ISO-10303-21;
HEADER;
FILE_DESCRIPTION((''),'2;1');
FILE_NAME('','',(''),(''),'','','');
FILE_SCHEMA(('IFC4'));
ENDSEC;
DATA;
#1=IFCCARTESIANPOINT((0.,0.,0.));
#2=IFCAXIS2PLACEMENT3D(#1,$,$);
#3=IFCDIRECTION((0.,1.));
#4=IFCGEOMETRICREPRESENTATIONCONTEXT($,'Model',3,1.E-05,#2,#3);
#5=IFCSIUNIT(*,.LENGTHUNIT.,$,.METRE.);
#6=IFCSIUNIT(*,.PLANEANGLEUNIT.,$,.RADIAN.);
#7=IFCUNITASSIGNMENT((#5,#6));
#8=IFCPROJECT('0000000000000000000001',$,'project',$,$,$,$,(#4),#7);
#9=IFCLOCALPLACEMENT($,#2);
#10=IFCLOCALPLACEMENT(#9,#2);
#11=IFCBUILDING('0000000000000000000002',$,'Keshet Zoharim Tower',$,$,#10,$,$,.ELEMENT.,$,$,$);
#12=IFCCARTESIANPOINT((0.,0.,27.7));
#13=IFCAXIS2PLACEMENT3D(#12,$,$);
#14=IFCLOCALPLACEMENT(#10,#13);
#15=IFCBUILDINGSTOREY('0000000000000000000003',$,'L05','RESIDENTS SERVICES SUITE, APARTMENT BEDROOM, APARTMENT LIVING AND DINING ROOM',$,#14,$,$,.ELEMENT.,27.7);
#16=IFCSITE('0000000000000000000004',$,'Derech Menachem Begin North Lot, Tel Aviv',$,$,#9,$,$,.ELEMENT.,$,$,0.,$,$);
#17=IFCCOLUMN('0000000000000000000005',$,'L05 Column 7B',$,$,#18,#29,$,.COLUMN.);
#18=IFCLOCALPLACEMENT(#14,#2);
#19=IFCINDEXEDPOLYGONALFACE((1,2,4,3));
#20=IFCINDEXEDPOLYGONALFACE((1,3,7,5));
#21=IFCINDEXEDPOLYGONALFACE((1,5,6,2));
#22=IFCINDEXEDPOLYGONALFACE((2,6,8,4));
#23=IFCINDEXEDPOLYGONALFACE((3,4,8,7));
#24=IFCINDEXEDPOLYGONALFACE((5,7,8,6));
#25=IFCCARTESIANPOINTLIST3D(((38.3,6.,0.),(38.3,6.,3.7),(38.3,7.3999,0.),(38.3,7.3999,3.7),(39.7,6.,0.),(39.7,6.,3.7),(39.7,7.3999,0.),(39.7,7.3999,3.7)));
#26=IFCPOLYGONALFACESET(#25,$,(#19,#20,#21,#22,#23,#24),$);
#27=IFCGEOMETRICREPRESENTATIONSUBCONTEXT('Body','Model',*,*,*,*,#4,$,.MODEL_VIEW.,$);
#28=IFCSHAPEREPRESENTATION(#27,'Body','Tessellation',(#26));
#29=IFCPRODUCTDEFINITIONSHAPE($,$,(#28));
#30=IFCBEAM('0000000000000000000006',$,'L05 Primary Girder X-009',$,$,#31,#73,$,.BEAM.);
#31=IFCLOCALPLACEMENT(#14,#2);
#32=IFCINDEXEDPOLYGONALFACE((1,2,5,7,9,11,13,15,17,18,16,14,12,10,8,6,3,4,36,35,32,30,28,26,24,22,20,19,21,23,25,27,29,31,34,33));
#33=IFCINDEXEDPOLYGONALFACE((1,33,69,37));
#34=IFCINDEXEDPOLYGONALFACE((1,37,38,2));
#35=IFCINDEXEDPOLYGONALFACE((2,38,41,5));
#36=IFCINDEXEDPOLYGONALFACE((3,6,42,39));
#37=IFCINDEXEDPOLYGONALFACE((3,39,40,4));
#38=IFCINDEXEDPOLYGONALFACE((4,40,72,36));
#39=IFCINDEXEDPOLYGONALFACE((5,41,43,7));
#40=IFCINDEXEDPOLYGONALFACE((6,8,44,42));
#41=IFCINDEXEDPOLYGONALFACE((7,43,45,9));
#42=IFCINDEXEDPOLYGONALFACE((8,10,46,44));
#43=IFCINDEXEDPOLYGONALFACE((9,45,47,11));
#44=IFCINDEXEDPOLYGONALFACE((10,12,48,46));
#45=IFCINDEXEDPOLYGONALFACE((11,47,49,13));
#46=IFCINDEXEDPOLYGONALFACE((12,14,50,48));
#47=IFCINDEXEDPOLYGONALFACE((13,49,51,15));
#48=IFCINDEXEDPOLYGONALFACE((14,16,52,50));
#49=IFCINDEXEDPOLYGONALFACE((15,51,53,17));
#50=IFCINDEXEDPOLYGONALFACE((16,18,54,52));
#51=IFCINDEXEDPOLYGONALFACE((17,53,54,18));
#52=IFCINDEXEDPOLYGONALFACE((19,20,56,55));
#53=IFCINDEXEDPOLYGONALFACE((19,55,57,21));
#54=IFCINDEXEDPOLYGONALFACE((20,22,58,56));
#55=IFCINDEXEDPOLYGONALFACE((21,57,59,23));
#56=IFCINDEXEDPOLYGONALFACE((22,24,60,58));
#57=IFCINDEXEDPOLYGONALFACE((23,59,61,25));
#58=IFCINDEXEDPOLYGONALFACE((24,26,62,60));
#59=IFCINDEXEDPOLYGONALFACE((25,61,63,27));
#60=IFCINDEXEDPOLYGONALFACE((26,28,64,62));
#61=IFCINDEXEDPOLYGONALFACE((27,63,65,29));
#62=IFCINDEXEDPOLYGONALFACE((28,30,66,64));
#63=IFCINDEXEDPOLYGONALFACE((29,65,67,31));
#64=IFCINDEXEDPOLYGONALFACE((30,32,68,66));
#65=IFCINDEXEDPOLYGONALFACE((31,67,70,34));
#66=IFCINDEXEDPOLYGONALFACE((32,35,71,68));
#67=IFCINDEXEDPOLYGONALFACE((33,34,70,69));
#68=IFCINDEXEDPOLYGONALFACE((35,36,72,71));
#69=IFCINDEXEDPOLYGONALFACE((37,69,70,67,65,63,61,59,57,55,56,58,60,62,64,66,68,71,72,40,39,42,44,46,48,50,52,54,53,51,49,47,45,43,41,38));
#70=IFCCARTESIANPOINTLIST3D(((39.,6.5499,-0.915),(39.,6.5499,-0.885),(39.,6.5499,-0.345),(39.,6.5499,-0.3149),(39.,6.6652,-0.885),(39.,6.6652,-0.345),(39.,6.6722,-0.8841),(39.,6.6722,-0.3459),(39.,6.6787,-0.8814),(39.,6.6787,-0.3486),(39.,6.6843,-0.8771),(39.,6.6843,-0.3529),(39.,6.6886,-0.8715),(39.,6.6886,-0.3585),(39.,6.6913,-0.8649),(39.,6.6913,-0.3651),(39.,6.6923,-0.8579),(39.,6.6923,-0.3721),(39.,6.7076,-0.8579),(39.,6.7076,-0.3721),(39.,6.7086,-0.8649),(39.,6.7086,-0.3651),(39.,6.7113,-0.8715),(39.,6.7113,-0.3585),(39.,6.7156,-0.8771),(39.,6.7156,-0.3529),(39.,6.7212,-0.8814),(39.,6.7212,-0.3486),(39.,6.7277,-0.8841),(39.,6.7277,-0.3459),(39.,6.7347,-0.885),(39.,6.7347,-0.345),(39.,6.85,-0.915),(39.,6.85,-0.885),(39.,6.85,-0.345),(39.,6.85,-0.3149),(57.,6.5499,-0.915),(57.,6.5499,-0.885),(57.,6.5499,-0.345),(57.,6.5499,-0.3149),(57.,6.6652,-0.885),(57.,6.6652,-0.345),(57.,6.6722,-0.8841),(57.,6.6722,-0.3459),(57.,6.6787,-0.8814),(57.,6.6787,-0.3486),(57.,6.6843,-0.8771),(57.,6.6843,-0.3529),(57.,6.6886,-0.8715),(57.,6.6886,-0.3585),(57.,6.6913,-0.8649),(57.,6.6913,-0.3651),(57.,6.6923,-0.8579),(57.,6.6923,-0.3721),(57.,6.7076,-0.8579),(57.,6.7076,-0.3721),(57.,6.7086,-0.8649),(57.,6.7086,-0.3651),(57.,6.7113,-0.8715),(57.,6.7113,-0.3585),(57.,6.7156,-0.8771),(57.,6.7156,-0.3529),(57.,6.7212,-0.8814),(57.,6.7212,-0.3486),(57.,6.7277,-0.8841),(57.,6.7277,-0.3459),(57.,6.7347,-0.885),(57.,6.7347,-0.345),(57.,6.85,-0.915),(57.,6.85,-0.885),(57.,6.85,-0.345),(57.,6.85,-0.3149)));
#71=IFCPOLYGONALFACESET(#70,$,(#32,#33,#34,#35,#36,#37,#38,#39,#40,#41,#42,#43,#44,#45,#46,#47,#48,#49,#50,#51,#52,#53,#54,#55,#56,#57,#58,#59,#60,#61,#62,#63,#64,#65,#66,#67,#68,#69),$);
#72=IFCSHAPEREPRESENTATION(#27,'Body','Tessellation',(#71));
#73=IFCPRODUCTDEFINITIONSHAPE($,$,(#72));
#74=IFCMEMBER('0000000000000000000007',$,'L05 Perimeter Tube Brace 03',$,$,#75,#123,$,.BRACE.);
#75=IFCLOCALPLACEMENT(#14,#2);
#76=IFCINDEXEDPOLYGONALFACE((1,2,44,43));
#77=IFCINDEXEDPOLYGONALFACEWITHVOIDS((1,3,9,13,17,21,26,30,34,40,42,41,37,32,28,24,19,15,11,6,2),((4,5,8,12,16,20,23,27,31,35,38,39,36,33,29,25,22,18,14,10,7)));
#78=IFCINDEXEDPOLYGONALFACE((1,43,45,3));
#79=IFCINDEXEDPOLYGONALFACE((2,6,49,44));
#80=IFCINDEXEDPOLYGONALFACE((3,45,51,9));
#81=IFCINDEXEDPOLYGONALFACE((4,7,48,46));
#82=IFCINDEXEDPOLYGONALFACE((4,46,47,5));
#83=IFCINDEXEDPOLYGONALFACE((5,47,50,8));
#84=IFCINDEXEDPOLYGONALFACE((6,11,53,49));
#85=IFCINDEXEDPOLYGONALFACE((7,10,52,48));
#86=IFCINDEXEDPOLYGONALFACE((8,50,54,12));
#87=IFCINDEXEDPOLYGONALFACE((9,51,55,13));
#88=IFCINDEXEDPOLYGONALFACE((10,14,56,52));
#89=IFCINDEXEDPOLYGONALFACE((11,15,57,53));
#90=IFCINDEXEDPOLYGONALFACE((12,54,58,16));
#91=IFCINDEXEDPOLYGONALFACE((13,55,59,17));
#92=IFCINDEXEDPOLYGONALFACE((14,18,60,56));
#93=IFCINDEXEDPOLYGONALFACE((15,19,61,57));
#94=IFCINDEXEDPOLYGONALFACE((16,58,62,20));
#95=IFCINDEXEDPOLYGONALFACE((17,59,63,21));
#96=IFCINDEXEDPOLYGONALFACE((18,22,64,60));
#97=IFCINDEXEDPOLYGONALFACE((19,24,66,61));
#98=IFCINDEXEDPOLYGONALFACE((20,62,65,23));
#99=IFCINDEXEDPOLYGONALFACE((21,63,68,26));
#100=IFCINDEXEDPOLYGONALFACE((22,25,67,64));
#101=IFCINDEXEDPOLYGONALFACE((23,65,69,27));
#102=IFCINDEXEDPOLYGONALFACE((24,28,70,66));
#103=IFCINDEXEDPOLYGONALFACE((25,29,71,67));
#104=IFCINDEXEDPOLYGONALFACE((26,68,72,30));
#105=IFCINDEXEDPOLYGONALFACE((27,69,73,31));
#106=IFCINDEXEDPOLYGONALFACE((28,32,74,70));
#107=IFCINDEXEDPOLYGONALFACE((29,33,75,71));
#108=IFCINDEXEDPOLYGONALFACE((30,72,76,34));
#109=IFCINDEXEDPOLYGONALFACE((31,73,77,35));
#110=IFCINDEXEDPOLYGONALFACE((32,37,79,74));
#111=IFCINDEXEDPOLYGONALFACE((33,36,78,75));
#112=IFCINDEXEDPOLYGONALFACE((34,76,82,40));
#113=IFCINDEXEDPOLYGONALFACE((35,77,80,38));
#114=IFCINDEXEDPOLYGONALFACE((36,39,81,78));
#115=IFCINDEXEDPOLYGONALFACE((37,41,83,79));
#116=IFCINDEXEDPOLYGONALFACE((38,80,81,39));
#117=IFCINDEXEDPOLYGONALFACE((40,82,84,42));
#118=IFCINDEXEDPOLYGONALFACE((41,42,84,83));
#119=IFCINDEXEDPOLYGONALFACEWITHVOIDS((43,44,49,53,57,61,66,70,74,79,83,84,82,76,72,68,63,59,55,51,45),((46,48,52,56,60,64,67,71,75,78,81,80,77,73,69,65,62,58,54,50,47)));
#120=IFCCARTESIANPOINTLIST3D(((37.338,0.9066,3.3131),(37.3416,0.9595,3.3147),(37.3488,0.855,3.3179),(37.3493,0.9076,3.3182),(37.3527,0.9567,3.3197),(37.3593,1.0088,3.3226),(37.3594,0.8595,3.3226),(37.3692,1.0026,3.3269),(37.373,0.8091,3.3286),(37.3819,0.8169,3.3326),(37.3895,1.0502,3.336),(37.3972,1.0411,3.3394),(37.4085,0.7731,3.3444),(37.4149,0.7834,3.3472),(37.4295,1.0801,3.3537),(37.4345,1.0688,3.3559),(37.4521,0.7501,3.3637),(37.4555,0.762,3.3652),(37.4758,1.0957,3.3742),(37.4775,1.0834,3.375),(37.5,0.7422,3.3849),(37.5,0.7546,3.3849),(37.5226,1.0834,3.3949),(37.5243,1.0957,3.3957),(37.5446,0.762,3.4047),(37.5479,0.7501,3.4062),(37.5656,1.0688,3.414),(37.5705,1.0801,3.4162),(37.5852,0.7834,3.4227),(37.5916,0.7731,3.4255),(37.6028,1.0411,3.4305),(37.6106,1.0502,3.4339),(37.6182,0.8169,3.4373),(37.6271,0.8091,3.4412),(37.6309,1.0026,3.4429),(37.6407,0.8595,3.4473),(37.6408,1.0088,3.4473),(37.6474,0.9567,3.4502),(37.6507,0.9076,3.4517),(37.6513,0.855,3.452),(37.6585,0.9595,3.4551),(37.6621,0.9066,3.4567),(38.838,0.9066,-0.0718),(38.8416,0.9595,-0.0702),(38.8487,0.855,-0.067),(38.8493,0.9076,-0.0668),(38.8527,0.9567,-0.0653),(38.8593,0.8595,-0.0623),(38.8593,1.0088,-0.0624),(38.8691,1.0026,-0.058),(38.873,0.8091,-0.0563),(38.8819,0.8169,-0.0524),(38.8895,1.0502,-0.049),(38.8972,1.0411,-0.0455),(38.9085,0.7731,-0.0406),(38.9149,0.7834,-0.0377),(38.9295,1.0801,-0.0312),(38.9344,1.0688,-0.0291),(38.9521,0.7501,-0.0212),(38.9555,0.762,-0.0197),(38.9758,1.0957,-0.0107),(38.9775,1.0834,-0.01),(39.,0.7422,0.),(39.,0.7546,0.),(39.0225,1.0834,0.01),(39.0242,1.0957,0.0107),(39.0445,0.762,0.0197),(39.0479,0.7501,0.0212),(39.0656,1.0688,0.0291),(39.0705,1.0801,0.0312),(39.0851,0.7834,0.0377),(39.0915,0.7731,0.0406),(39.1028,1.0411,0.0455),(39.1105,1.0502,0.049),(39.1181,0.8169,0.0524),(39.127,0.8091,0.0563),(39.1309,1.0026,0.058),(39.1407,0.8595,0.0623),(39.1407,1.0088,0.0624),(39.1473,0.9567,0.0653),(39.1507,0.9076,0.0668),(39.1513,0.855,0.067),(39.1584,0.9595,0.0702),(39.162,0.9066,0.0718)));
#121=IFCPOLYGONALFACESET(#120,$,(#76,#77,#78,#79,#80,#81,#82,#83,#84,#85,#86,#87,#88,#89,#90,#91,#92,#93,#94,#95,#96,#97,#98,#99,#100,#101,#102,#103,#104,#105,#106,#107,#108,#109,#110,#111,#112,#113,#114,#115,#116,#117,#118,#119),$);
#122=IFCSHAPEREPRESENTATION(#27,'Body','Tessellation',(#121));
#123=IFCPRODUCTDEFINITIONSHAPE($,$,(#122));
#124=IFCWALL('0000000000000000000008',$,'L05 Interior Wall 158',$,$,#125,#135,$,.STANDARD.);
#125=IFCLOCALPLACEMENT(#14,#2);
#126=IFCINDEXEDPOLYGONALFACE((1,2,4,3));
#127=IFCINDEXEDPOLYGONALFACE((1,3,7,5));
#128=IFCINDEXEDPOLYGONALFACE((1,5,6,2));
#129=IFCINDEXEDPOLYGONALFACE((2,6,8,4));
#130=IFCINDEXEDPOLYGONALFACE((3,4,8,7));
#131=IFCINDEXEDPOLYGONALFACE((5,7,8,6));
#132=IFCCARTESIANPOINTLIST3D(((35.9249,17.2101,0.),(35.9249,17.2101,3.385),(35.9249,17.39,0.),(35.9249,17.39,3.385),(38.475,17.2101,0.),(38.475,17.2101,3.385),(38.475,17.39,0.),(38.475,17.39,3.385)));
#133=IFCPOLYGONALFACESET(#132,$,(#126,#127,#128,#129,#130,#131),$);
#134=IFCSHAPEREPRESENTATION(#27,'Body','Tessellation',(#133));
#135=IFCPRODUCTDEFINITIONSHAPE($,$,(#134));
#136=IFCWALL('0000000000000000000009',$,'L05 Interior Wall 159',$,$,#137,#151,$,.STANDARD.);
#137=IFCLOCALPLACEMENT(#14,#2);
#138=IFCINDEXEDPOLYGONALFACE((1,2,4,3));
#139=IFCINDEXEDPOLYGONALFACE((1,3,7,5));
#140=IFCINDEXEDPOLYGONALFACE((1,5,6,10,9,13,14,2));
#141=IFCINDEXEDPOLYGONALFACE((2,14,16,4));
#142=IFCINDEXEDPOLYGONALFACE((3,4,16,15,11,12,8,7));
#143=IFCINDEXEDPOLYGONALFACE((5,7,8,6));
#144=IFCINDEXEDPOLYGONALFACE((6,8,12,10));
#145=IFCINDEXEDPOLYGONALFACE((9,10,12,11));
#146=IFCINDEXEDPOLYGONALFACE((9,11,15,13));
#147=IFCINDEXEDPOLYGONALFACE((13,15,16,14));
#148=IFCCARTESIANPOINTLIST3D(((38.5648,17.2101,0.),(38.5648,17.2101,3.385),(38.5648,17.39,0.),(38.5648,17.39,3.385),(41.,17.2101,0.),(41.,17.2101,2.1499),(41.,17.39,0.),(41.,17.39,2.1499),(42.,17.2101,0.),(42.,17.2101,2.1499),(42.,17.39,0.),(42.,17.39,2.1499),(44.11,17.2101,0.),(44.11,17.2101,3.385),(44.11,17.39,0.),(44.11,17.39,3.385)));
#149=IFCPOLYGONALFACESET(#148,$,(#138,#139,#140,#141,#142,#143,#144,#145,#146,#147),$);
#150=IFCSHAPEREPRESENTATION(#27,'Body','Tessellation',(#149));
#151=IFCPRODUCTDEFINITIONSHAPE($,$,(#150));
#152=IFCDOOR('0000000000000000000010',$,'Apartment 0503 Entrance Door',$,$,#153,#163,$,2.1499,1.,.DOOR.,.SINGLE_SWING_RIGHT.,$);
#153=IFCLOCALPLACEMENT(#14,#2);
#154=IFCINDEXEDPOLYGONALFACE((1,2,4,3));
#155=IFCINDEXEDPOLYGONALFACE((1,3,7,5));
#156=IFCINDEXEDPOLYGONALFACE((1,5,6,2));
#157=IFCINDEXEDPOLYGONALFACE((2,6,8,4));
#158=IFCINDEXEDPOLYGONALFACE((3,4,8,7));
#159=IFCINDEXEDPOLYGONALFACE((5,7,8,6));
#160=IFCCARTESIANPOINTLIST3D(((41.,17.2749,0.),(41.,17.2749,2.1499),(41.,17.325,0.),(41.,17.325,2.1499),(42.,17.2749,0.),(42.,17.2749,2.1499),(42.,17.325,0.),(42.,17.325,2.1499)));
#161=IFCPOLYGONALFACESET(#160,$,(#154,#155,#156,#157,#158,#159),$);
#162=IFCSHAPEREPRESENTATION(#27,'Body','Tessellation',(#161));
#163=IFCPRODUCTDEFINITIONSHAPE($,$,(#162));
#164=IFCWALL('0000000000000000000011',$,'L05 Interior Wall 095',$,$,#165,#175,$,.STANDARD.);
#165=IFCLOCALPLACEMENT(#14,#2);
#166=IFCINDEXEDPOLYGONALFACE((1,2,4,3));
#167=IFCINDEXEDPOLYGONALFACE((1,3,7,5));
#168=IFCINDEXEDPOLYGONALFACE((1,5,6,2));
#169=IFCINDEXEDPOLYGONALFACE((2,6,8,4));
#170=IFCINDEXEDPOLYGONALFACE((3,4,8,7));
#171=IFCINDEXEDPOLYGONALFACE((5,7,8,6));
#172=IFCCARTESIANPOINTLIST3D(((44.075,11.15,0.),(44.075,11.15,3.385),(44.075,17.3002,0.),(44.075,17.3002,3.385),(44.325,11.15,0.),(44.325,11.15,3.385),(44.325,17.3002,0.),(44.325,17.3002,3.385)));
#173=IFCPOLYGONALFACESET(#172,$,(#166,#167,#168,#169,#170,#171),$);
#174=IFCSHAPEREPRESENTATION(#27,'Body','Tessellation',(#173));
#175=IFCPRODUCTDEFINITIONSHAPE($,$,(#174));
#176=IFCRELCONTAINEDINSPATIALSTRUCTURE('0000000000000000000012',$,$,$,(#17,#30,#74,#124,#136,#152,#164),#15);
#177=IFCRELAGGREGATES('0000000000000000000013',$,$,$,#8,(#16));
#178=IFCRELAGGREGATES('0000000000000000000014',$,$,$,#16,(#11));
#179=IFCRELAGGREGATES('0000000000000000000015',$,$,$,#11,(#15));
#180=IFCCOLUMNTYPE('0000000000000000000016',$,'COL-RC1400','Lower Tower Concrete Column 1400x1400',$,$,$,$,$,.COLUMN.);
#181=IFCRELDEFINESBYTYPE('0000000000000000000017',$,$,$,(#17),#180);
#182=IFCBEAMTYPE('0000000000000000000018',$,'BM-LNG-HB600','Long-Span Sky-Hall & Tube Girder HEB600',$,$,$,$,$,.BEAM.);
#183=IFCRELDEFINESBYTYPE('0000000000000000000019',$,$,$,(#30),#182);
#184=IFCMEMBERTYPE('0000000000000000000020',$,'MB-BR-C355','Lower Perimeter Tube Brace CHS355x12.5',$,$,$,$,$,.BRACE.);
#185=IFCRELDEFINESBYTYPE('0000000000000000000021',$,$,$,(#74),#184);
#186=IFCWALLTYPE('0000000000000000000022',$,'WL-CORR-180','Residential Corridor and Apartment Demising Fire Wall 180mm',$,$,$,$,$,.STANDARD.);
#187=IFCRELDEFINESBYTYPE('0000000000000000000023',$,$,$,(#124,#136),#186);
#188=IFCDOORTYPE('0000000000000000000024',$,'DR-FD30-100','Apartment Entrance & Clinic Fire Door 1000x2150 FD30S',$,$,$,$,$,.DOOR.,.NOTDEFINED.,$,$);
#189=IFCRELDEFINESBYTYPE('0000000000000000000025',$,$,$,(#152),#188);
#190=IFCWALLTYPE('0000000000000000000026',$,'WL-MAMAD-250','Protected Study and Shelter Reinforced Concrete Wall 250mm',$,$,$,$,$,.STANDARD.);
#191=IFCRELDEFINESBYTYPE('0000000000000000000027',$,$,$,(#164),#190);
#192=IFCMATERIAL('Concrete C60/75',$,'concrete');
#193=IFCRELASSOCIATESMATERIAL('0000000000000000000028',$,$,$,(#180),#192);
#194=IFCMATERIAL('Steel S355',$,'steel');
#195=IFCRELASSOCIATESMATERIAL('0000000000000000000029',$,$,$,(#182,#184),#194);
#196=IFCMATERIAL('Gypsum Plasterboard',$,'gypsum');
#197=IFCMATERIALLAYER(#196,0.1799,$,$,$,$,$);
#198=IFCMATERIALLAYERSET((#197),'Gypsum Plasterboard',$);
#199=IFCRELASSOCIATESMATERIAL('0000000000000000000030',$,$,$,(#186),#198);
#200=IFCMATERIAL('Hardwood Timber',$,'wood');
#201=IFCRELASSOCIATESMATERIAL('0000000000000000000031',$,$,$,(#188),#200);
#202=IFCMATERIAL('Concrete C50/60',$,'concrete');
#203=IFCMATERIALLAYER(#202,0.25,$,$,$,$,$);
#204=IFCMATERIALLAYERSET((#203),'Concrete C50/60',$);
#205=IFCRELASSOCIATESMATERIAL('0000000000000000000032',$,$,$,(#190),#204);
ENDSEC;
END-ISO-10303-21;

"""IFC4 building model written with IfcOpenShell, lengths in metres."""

from ifc_helpers import new_model, si_unit, direction, frame, frame_2d, origin, origin_2d, place, context, subcontext, project, spatial, rectangle, hollow_circle, i_section, extrude, material, layer, layer_set, material_profile, profile_set, type_object, element, fill, save


model = new_model("IFC4")

# Units and contexts
model_context = context("Model", 3, precision=1e-05, world=origin(), true_north=direction((0.0, 1.0)))
body_context = subcontext(model_context, "Body", "Model", "MODEL_VIEW")
ifc_project = project(units=[si_unit("LENGTHUNIT", "METRE"), si_unit("PLANEANGLEUNIT", "RADIAN")], contexts=[model_context])

# Site, building, storey
site_placement = place(None, origin())
site = spatial("IfcSite", under=ifc_project, at=site_placement, Name="Derech Menachem Begin North Lot, Tel Aviv", CompositionType="ELEMENT", RefElevation=0.0)
building_placement = place(site_placement, origin())
building = spatial("IfcBuilding", under=site, at=building_placement, Name="Keshet Zoharim Tower", CompositionType="ELEMENT")
storey_placement = place(building_placement, frame((0.0, 0.0, 27.7)))
storey = spatial("IfcBuildingStorey", under=building, at=storey_placement, Name="L05", Description="RESIDENTS SERVICES SUITE, APARTMENT BEDROOM, APARTMENT LIVING AND DINING ROOM", CompositionType="ELEMENT", Elevation=27.7)

# Column
ifc_material_1 = material(Name="Concrete C60/75", Category="concrete")
ifc_material_profile_1 = material_profile(ifc_material_1, rectangle(XDim=1.3999, YDim=1.3999, at=origin_2d()), Name="RC1400x1400")
ifc_profile_set_1 = profile_set([ifc_material_profile_1], Name="Concrete C60/75")
column_type = type_object("IfcColumnType", Name="COL-RC1400", Description="Lower Tower Concrete Column 1400x1400", PredefinedType="COLUMN", material=ifc_profile_set_1)
column_placement = place(storey_placement, frame((39.0, 6.7, 0.0), z_axis=(0.0, 0.0, 1.0), x_axis=(1.0, 0.0, 0.0)))
element("IfcColumn", 1, at=column_placement, inside=storey, type_object=column_type, Name="L05 Column 7B", PredefinedType="COLUMN", context=body_context, shape_type="SweptSolid", body=[
    extrude(rectangle(XDim=1.3999, YDim=1.3999, at=origin_2d()), origin(), (0.0, 0.0, 1.0), 3.7),
])

# Beam
ifc_material_2 = material(Name="Steel S355", Category="steel")
ifc_material_profile_2 = material_profile(ifc_material_2, i_section(OverallWidth=0.3, OverallDepth=0.6001, WebThickness=0.0154, FlangeThickness=0.03, FilletRadius=0.0271, at=origin_2d()), Name="HEB600")
ifc_profile_set_2 = profile_set([ifc_material_profile_2], Name="Steel S355")
beam_type = type_object("IfcBeamType", Name="BM-LNG-HB600", Description="Long-Span Sky-Hall & Tube Girder HEB600", PredefinedType="BEAM", material=ifc_profile_set_2)
beam_placement = place(storey_placement, frame((39.0, 6.7, -0.615), z_axis=(1.0, 0.0, 0.0), x_axis=(0.0, 1.0, 0.0)))
element("IfcBeam", 2, at=beam_placement, inside=storey, type_object=beam_type, Name="L05 Primary Girder X-009", PredefinedType="BEAM", context=body_context, shape_type="SweptSolid", body=[
    extrude(i_section(OverallWidth=0.3, OverallDepth=0.6001, WebThickness=0.0154, FlangeThickness=0.03, FilletRadius=0.0271, at=origin_2d()), origin(), (0.0, 0.0, 1.0), 18.0),
])

# Member
ifc_material_profile_3 = material_profile(ifc_material_2, hollow_circle(Radius=0.1777, WallThickness=0.0125, at=origin_2d()), Name="CHS355x12.5")
ifc_profile_set_3 = profile_set([ifc_material_profile_3], Name="Steel S355")
member_type = type_object("IfcMemberType", Name="MB-BR-C355", Description="Lower Perimeter Tube Brace CHS355x12.5", PredefinedType="BRACE", material=ifc_profile_set_3)
member_placement = place(storey_placement, frame((39.0, 0.9199, 0.0), z_axis=(-0.405135, 0.0, 0.914257), x_axis=(0.0, -1.0, 0.0)))
element("IfcMember", 3, at=member_placement, inside=storey, type_object=member_type, Name="L05 Perimeter Tube Brace 03", PredefinedType="BRACE", context=body_context, shape_type="SweptSolid", body=[
    extrude(hollow_circle(Radius=0.1777, WallThickness=0.0125, at=origin_2d()), origin(), (0.0, 0.0, 1.0), 3.7024),
])

# Wall
ifc_material_3 = material(Name="Gypsum Plasterboard", Category="gypsum")
ifc_layer_1 = layer(ifc_material_3, 0.1799)
ifc_layer_set_1 = layer_set([ifc_layer_1], Name="Gypsum Plasterboard")
wall_type_1 = type_object("IfcWallType", Name="WL-CORR-180", Description="Residential Corridor and Apartment Demising Fire Wall 180mm", PredefinedType="STANDARD", material=ifc_layer_set_1)
wall_1_placement = place(storey_placement, frame((35.925, 17.3, 0.0), z_axis=(0.0, 0.0, 1.0), x_axis=(1.0, 0.0, 0.0)))
element("IfcWall", 4, at=wall_1_placement, inside=storey, type_object=wall_type_1, Name="L05 Interior Wall 158", PredefinedType="STANDARD", context=body_context, shape_type="SweptSolid", body=[
    extrude(rectangle(XDim=2.55, YDim=0.1799, at=frame_2d((1.2749, 0.0))), origin(), (0.0, 0.0, 1.0), 3.385),
])

# Wall, opening, door
wall_2_placement = place(storey_placement, frame((38.5649, 17.3, 0.0), z_axis=(0.0, 0.0, 1.0), x_axis=(1.0, 0.0, 0.0)))
wall_2 = element("IfcWall", 5, at=wall_2_placement, inside=storey, type_object=wall_type_1, Name="L05 Interior Wall 159", PredefinedType="STANDARD", context=body_context, shape_type="SweptSolid", body=[
    extrude(rectangle(XDim=5.5452, YDim=0.1799, at=frame_2d((2.7725, 0.0))), origin(), (0.0, 0.0, 1.0), 3.385),
])
opening_1_placement = place(wall_2_placement, frame((2.4351, 0.0, 0.0)))
opening_1 = element("IfcOpeningElement", 6, at=opening_1_placement, cuts=wall_2, PredefinedType="OPENING", context=body_context, shape_type="SweptSolid", body=[
    extrude(rectangle(XDim=1.0, YDim=2.1499, at=frame_2d((0.5, 1.075))), frame((0.0, 0.1001, 0.0), z_axis=(0.0, -1.0, 0.0), x_axis=(1.0, 0.0, 0.0)), (0.0, 0.0, 1.0), 0.2),
])
ifc_material_4 = material(Name="Hardwood Timber", Category="wood")
door_type_1 = type_object("IfcDoorType", Name="DR-FD30-100", Description="Apartment Entrance & Clinic Fire Door 1000x2150 FD30S", OperationType="NOTDEFINED", PredefinedType="DOOR", material=ifc_material_4)
door_1_placement = place(opening_1_placement, origin())
door_1 = element("IfcDoor", 7, at=door_1_placement, inside=storey, type_object=door_type_1, Name="Apartment 0503 Entrance Door", OperationType="SINGLE_SWING_RIGHT", OverallHeight=2.1499, OverallWidth=1.0, PredefinedType="DOOR", context=body_context, shape_type="SweptSolid", body=[
    extrude(rectangle(XDim=1.0, YDim=2.1499, at=frame_2d((0.5, 1.075))), frame((0.0, 0.0249, 0.0), z_axis=(0.0, -1.0, 0.0), x_axis=(1.0, 0.0, 0.0)), (0.0, 0.0, 1.0), 0.05),
])
fill(opening_1, door_1)

# Wall
ifc_material_5 = material(Name="Concrete C50/60", Category="concrete")
ifc_layer_2 = layer(ifc_material_5, 0.25)
ifc_layer_set_2 = layer_set([ifc_layer_2], Name="Concrete C50/60")
wall_type_2 = type_object("IfcWallType", Name="WL-MAMAD-250", Description="Protected Study and Shelter Reinforced Concrete Wall 250mm", PredefinedType="STANDARD", material=ifc_layer_set_2)
wall_3_placement = place(storey_placement, frame((44.2, 11.1499, 0.0), z_axis=(0.0, 0.0, 1.0), x_axis=(0.0, 1.0, 0.0)))
element("IfcWall", 8, at=wall_3_placement, inside=storey, type_object=wall_type_2, Name="L05 Interior Wall 095", PredefinedType="STANDARD", context=body_context, shape_type="SweptSolid", body=[
    extrude(rectangle(XDim=6.1501, YDim=0.25, at=frame_2d((3.0752, 0.0))), origin(), (0.0, 0.0, 1.0), 3.385),
])

save(model, "model.ifc")
